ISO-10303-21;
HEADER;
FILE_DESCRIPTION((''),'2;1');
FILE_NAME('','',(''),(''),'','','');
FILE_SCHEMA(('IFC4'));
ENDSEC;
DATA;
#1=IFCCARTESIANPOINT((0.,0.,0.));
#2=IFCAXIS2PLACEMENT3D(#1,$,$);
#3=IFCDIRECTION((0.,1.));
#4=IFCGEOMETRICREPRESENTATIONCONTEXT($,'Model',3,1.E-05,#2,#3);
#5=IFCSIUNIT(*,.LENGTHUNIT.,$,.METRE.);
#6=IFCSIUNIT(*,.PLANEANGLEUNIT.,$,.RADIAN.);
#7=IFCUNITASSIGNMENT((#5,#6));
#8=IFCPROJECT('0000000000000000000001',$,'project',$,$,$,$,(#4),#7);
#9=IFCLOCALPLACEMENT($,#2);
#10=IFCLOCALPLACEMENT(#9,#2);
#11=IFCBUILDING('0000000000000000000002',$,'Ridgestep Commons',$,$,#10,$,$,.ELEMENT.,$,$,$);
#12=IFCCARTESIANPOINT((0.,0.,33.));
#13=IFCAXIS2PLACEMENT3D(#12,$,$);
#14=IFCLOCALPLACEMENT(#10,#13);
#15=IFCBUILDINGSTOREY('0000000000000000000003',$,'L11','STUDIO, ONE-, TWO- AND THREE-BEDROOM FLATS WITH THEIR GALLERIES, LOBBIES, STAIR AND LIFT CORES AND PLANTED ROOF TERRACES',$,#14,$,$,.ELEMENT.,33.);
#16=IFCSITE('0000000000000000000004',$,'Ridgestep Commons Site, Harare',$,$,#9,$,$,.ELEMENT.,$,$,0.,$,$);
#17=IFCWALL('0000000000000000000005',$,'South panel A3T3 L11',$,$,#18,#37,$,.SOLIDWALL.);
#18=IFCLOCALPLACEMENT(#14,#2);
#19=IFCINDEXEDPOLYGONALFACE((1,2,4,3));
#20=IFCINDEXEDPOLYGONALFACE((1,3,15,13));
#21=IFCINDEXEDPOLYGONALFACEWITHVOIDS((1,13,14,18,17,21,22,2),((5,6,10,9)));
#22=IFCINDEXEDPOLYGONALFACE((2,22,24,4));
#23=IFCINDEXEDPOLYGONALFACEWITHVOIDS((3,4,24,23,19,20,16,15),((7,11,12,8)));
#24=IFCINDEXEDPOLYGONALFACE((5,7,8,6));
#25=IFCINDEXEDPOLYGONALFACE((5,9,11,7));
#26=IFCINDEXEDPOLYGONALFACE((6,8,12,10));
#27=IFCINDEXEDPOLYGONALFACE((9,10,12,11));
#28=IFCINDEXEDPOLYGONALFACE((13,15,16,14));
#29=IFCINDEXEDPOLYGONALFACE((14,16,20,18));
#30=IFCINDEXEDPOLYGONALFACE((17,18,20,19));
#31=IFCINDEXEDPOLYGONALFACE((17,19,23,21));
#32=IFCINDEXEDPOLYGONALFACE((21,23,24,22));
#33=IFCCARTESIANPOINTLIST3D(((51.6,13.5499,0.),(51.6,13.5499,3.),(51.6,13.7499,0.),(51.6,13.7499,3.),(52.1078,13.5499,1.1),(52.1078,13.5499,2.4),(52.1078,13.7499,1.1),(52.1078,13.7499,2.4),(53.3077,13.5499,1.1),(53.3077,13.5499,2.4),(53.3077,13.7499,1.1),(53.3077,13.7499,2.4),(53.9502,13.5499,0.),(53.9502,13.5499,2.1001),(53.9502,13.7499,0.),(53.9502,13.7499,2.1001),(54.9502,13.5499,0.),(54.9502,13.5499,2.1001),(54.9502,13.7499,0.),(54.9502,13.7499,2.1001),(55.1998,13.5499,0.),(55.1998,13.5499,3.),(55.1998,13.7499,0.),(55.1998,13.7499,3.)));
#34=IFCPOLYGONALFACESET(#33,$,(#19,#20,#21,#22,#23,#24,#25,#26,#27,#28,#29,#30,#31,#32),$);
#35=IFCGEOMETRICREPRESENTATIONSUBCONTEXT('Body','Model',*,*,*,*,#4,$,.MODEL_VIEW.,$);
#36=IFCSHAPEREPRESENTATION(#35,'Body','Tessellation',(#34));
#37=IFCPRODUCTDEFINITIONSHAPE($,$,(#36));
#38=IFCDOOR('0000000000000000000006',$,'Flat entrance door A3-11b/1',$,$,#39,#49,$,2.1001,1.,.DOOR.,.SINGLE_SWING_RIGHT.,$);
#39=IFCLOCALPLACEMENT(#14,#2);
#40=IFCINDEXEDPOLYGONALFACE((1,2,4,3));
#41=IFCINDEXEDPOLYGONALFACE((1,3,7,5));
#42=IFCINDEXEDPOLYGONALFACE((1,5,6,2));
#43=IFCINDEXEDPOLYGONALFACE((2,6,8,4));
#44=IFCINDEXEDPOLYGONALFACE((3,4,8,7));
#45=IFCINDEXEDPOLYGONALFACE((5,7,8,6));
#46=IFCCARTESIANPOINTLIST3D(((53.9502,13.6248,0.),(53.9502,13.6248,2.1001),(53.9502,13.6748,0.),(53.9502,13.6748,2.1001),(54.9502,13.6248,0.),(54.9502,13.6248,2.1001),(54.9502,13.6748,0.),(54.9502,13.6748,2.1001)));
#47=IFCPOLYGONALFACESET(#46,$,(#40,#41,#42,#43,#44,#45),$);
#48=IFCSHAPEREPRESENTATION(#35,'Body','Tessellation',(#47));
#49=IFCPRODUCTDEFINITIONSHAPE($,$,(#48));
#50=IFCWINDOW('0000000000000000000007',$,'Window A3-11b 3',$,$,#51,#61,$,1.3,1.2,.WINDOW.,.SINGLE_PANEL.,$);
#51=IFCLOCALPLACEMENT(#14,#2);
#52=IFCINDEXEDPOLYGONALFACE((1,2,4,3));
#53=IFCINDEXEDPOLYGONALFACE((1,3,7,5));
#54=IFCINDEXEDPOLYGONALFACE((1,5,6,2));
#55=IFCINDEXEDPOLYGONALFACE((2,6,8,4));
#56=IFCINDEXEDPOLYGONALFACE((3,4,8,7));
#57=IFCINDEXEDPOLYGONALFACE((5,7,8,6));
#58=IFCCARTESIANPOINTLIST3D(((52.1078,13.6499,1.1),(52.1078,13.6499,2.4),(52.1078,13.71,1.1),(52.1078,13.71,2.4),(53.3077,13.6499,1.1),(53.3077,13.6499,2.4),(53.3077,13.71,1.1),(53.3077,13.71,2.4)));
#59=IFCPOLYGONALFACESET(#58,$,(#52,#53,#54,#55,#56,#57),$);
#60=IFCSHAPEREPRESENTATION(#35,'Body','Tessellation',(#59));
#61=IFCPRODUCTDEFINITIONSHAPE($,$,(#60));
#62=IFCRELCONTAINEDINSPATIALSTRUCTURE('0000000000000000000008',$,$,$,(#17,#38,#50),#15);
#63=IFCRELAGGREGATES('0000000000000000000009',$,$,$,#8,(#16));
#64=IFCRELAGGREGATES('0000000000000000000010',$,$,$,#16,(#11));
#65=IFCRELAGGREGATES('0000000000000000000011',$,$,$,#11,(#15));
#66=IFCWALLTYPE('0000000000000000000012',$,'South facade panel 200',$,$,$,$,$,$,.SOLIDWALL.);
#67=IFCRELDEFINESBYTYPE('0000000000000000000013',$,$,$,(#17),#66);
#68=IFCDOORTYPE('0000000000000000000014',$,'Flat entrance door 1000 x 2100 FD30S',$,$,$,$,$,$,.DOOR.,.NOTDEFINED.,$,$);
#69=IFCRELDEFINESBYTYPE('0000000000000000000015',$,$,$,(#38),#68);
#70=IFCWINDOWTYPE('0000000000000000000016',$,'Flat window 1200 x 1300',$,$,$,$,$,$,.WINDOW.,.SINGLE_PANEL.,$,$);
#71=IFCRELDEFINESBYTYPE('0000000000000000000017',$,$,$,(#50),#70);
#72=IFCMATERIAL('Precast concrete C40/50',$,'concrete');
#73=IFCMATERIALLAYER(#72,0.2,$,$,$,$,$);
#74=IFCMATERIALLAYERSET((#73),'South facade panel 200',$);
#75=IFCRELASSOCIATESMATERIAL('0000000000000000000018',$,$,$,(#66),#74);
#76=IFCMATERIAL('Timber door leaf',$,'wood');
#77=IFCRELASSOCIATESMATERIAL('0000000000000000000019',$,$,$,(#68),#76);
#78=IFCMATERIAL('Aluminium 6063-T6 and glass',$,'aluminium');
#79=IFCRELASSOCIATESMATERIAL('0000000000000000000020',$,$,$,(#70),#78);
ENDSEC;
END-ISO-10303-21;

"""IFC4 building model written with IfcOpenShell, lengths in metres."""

from ifc_helpers import new_model, si_unit, direction, frame, frame_2d, origin, place, context, subcontext, project, spatial, rectangle, extrude, material, layer, layer_set, type_object, element, fill, save


model = new_model("IFC4")

# Units and contexts
model_context = context("Model", 3, precision=1e-05, world=origin(), true_north=direction((0.0, 1.0)))
body_context = subcontext(model_context, "Body", "Model", "MODEL_VIEW")
ifc_project = project(units=[si_unit("LENGTHUNIT", "METRE"), si_unit("PLANEANGLEUNIT", "RADIAN")], contexts=[model_context])

# Site, building, storey
site_placement = place(None, origin())
site = spatial("IfcSite", under=ifc_project, at=site_placement, Name="Ridgestep Commons Site, Harare", CompositionType="ELEMENT", RefElevation=0.0)
building_placement = place(site_placement, origin())
building = spatial("IfcBuilding", under=site, at=building_placement, Name="Ridgestep Commons", CompositionType="ELEMENT")
storey_placement = place(building_placement, frame((0.0, 0.0, 33.0)))
storey = spatial("IfcBuildingStorey", under=building, at=storey_placement, Name="L11", Description="STUDIO, ONE-, TWO- AND THREE-BEDROOM FLATS WITH THEIR GALLERIES, LOBBIES, STAIR AND LIFT CORES AND PLANTED ROOF TERRACES", CompositionType="ELEMENT", Elevation=33.0)

# Wall, openings, door, window
ifc_material_1 = material(Name="Precast concrete C40/50", Category="concrete")
ifc_layer_1 = layer(ifc_material_1, 0.2)
ifc_layer_set_1 = layer_set([ifc_layer_1], Name="South facade panel 200")
wall_type_1 = type_object("IfcWallType", Name="South facade panel 200", PredefinedType="SOLIDWALL", material=ifc_layer_set_1)
wall_1_placement = place(storey_placement, frame((51.6001, 13.6499, 0.0), z_axis=(0.0, 0.0, 1.0), x_axis=(1.0, 0.0, 0.0)))
wall_1 = element("IfcWall", 1, at=wall_1_placement, inside=storey, type_object=wall_type_1, Name="South panel A3T3 L11", PredefinedType="SOLIDWALL", context=body_context, shape_type="SweptSolid", body=[
    extrude(rectangle(XDim=3.5999, YDim=0.2, at=frame_2d((1.7998, 0.0))), origin(), (0.0, 0.0, 1.0), 3.0),
])
opening_1_placement = place(wall_1_placement, frame((0.5076, 0.0, 1.1001)))
opening_1 = element("IfcOpeningElement", 2, at=opening_1_placement, cuts=wall_1, PredefinedType="OPENING", context=body_context, shape_type="SweptSolid", body=[
    extrude(rectangle(XDim=1.2, YDim=1.3, at=frame_2d((0.6001, 0.6499))), frame((0.0, 0.1099, 0.0), z_axis=(0.0, -1.0, 0.0), x_axis=(1.0, 0.0, 0.0)), (0.0, 0.0, 1.0), 0.22),
])
opening_2_placement = place(wall_1_placement, frame((2.3501, 0.0, 0.0)))
opening_2 = element("IfcOpeningElement", 3, at=opening_2_placement, cuts=wall_1, PredefinedType="OPENING", context=body_context, shape_type="SweptSolid", body=[
    extrude(rectangle(XDim=1.0, YDim=2.1001, at=frame_2d((0.5, 1.05))), frame((0.0, 0.1099, 0.0), z_axis=(0.0, -1.0, 0.0), x_axis=(1.0, 0.0, 0.0)), (0.0, 0.0, 1.0), 0.22),
])
ifc_material_2 = material(Name="Timber door leaf", Category="wood")
door_type_1 = type_object("IfcDoorType", Name="Flat entrance door 1000 x 2100 FD30S", OperationType="NOTDEFINED", PredefinedType="DOOR", material=ifc_material_2)
door_1_placement = place(opening_2_placement, origin())
door_1 = element("IfcDoor", 4, at=door_1_placement, inside=storey, type_object=door_type_1, Name="Flat entrance door A3-11b/1", OperationType="SINGLE_SWING_RIGHT", OverallHeight=2.1001, OverallWidth=1.0, PredefinedType="DOOR", context=body_context, shape_type="SweptSolid", body=[
    extrude(rectangle(XDim=1.0, YDim=2.1001, at=frame_2d((0.5, 1.05))), frame((0.0, 0.0249, 0.0), z_axis=(0.0, -1.0, 0.0), x_axis=(1.0, 0.0, 0.0)), (0.0, 0.0, 1.0), 0.05),
])
fill(opening_2, door_1)
ifc_material_3 = material(Name="Aluminium 6063-T6 and glass", Category="aluminium")
window_type = type_object("IfcWindowType", Name="Flat window 1200 x 1300", PartitioningType="SINGLE_PANEL", PredefinedType="WINDOW", material=ifc_material_3)
window_placement = place(opening_1_placement, origin())
window = element("IfcWindow", 5, at=window_placement, inside=storey, type_object=window_type, Name="Window A3-11b 3", OverallHeight=1.3, OverallWidth=1.2, PartitioningType="SINGLE_PANEL", PredefinedType="WINDOW", context=body_context, shape_type="SweptSolid", body=[
    extrude(rectangle(XDim=1.2, YDim=1.3, at=frame_2d((0.6001, 0.6499))), frame((0.0, 0.0601, 0.0), z_axis=(0.0, -1.0, 0.0), x_axis=(1.0, 0.0, 0.0)), (0.0, 0.0, 1.0), 0.0601),
])
fill(opening_1, window)

save(model, "model.ifc")
